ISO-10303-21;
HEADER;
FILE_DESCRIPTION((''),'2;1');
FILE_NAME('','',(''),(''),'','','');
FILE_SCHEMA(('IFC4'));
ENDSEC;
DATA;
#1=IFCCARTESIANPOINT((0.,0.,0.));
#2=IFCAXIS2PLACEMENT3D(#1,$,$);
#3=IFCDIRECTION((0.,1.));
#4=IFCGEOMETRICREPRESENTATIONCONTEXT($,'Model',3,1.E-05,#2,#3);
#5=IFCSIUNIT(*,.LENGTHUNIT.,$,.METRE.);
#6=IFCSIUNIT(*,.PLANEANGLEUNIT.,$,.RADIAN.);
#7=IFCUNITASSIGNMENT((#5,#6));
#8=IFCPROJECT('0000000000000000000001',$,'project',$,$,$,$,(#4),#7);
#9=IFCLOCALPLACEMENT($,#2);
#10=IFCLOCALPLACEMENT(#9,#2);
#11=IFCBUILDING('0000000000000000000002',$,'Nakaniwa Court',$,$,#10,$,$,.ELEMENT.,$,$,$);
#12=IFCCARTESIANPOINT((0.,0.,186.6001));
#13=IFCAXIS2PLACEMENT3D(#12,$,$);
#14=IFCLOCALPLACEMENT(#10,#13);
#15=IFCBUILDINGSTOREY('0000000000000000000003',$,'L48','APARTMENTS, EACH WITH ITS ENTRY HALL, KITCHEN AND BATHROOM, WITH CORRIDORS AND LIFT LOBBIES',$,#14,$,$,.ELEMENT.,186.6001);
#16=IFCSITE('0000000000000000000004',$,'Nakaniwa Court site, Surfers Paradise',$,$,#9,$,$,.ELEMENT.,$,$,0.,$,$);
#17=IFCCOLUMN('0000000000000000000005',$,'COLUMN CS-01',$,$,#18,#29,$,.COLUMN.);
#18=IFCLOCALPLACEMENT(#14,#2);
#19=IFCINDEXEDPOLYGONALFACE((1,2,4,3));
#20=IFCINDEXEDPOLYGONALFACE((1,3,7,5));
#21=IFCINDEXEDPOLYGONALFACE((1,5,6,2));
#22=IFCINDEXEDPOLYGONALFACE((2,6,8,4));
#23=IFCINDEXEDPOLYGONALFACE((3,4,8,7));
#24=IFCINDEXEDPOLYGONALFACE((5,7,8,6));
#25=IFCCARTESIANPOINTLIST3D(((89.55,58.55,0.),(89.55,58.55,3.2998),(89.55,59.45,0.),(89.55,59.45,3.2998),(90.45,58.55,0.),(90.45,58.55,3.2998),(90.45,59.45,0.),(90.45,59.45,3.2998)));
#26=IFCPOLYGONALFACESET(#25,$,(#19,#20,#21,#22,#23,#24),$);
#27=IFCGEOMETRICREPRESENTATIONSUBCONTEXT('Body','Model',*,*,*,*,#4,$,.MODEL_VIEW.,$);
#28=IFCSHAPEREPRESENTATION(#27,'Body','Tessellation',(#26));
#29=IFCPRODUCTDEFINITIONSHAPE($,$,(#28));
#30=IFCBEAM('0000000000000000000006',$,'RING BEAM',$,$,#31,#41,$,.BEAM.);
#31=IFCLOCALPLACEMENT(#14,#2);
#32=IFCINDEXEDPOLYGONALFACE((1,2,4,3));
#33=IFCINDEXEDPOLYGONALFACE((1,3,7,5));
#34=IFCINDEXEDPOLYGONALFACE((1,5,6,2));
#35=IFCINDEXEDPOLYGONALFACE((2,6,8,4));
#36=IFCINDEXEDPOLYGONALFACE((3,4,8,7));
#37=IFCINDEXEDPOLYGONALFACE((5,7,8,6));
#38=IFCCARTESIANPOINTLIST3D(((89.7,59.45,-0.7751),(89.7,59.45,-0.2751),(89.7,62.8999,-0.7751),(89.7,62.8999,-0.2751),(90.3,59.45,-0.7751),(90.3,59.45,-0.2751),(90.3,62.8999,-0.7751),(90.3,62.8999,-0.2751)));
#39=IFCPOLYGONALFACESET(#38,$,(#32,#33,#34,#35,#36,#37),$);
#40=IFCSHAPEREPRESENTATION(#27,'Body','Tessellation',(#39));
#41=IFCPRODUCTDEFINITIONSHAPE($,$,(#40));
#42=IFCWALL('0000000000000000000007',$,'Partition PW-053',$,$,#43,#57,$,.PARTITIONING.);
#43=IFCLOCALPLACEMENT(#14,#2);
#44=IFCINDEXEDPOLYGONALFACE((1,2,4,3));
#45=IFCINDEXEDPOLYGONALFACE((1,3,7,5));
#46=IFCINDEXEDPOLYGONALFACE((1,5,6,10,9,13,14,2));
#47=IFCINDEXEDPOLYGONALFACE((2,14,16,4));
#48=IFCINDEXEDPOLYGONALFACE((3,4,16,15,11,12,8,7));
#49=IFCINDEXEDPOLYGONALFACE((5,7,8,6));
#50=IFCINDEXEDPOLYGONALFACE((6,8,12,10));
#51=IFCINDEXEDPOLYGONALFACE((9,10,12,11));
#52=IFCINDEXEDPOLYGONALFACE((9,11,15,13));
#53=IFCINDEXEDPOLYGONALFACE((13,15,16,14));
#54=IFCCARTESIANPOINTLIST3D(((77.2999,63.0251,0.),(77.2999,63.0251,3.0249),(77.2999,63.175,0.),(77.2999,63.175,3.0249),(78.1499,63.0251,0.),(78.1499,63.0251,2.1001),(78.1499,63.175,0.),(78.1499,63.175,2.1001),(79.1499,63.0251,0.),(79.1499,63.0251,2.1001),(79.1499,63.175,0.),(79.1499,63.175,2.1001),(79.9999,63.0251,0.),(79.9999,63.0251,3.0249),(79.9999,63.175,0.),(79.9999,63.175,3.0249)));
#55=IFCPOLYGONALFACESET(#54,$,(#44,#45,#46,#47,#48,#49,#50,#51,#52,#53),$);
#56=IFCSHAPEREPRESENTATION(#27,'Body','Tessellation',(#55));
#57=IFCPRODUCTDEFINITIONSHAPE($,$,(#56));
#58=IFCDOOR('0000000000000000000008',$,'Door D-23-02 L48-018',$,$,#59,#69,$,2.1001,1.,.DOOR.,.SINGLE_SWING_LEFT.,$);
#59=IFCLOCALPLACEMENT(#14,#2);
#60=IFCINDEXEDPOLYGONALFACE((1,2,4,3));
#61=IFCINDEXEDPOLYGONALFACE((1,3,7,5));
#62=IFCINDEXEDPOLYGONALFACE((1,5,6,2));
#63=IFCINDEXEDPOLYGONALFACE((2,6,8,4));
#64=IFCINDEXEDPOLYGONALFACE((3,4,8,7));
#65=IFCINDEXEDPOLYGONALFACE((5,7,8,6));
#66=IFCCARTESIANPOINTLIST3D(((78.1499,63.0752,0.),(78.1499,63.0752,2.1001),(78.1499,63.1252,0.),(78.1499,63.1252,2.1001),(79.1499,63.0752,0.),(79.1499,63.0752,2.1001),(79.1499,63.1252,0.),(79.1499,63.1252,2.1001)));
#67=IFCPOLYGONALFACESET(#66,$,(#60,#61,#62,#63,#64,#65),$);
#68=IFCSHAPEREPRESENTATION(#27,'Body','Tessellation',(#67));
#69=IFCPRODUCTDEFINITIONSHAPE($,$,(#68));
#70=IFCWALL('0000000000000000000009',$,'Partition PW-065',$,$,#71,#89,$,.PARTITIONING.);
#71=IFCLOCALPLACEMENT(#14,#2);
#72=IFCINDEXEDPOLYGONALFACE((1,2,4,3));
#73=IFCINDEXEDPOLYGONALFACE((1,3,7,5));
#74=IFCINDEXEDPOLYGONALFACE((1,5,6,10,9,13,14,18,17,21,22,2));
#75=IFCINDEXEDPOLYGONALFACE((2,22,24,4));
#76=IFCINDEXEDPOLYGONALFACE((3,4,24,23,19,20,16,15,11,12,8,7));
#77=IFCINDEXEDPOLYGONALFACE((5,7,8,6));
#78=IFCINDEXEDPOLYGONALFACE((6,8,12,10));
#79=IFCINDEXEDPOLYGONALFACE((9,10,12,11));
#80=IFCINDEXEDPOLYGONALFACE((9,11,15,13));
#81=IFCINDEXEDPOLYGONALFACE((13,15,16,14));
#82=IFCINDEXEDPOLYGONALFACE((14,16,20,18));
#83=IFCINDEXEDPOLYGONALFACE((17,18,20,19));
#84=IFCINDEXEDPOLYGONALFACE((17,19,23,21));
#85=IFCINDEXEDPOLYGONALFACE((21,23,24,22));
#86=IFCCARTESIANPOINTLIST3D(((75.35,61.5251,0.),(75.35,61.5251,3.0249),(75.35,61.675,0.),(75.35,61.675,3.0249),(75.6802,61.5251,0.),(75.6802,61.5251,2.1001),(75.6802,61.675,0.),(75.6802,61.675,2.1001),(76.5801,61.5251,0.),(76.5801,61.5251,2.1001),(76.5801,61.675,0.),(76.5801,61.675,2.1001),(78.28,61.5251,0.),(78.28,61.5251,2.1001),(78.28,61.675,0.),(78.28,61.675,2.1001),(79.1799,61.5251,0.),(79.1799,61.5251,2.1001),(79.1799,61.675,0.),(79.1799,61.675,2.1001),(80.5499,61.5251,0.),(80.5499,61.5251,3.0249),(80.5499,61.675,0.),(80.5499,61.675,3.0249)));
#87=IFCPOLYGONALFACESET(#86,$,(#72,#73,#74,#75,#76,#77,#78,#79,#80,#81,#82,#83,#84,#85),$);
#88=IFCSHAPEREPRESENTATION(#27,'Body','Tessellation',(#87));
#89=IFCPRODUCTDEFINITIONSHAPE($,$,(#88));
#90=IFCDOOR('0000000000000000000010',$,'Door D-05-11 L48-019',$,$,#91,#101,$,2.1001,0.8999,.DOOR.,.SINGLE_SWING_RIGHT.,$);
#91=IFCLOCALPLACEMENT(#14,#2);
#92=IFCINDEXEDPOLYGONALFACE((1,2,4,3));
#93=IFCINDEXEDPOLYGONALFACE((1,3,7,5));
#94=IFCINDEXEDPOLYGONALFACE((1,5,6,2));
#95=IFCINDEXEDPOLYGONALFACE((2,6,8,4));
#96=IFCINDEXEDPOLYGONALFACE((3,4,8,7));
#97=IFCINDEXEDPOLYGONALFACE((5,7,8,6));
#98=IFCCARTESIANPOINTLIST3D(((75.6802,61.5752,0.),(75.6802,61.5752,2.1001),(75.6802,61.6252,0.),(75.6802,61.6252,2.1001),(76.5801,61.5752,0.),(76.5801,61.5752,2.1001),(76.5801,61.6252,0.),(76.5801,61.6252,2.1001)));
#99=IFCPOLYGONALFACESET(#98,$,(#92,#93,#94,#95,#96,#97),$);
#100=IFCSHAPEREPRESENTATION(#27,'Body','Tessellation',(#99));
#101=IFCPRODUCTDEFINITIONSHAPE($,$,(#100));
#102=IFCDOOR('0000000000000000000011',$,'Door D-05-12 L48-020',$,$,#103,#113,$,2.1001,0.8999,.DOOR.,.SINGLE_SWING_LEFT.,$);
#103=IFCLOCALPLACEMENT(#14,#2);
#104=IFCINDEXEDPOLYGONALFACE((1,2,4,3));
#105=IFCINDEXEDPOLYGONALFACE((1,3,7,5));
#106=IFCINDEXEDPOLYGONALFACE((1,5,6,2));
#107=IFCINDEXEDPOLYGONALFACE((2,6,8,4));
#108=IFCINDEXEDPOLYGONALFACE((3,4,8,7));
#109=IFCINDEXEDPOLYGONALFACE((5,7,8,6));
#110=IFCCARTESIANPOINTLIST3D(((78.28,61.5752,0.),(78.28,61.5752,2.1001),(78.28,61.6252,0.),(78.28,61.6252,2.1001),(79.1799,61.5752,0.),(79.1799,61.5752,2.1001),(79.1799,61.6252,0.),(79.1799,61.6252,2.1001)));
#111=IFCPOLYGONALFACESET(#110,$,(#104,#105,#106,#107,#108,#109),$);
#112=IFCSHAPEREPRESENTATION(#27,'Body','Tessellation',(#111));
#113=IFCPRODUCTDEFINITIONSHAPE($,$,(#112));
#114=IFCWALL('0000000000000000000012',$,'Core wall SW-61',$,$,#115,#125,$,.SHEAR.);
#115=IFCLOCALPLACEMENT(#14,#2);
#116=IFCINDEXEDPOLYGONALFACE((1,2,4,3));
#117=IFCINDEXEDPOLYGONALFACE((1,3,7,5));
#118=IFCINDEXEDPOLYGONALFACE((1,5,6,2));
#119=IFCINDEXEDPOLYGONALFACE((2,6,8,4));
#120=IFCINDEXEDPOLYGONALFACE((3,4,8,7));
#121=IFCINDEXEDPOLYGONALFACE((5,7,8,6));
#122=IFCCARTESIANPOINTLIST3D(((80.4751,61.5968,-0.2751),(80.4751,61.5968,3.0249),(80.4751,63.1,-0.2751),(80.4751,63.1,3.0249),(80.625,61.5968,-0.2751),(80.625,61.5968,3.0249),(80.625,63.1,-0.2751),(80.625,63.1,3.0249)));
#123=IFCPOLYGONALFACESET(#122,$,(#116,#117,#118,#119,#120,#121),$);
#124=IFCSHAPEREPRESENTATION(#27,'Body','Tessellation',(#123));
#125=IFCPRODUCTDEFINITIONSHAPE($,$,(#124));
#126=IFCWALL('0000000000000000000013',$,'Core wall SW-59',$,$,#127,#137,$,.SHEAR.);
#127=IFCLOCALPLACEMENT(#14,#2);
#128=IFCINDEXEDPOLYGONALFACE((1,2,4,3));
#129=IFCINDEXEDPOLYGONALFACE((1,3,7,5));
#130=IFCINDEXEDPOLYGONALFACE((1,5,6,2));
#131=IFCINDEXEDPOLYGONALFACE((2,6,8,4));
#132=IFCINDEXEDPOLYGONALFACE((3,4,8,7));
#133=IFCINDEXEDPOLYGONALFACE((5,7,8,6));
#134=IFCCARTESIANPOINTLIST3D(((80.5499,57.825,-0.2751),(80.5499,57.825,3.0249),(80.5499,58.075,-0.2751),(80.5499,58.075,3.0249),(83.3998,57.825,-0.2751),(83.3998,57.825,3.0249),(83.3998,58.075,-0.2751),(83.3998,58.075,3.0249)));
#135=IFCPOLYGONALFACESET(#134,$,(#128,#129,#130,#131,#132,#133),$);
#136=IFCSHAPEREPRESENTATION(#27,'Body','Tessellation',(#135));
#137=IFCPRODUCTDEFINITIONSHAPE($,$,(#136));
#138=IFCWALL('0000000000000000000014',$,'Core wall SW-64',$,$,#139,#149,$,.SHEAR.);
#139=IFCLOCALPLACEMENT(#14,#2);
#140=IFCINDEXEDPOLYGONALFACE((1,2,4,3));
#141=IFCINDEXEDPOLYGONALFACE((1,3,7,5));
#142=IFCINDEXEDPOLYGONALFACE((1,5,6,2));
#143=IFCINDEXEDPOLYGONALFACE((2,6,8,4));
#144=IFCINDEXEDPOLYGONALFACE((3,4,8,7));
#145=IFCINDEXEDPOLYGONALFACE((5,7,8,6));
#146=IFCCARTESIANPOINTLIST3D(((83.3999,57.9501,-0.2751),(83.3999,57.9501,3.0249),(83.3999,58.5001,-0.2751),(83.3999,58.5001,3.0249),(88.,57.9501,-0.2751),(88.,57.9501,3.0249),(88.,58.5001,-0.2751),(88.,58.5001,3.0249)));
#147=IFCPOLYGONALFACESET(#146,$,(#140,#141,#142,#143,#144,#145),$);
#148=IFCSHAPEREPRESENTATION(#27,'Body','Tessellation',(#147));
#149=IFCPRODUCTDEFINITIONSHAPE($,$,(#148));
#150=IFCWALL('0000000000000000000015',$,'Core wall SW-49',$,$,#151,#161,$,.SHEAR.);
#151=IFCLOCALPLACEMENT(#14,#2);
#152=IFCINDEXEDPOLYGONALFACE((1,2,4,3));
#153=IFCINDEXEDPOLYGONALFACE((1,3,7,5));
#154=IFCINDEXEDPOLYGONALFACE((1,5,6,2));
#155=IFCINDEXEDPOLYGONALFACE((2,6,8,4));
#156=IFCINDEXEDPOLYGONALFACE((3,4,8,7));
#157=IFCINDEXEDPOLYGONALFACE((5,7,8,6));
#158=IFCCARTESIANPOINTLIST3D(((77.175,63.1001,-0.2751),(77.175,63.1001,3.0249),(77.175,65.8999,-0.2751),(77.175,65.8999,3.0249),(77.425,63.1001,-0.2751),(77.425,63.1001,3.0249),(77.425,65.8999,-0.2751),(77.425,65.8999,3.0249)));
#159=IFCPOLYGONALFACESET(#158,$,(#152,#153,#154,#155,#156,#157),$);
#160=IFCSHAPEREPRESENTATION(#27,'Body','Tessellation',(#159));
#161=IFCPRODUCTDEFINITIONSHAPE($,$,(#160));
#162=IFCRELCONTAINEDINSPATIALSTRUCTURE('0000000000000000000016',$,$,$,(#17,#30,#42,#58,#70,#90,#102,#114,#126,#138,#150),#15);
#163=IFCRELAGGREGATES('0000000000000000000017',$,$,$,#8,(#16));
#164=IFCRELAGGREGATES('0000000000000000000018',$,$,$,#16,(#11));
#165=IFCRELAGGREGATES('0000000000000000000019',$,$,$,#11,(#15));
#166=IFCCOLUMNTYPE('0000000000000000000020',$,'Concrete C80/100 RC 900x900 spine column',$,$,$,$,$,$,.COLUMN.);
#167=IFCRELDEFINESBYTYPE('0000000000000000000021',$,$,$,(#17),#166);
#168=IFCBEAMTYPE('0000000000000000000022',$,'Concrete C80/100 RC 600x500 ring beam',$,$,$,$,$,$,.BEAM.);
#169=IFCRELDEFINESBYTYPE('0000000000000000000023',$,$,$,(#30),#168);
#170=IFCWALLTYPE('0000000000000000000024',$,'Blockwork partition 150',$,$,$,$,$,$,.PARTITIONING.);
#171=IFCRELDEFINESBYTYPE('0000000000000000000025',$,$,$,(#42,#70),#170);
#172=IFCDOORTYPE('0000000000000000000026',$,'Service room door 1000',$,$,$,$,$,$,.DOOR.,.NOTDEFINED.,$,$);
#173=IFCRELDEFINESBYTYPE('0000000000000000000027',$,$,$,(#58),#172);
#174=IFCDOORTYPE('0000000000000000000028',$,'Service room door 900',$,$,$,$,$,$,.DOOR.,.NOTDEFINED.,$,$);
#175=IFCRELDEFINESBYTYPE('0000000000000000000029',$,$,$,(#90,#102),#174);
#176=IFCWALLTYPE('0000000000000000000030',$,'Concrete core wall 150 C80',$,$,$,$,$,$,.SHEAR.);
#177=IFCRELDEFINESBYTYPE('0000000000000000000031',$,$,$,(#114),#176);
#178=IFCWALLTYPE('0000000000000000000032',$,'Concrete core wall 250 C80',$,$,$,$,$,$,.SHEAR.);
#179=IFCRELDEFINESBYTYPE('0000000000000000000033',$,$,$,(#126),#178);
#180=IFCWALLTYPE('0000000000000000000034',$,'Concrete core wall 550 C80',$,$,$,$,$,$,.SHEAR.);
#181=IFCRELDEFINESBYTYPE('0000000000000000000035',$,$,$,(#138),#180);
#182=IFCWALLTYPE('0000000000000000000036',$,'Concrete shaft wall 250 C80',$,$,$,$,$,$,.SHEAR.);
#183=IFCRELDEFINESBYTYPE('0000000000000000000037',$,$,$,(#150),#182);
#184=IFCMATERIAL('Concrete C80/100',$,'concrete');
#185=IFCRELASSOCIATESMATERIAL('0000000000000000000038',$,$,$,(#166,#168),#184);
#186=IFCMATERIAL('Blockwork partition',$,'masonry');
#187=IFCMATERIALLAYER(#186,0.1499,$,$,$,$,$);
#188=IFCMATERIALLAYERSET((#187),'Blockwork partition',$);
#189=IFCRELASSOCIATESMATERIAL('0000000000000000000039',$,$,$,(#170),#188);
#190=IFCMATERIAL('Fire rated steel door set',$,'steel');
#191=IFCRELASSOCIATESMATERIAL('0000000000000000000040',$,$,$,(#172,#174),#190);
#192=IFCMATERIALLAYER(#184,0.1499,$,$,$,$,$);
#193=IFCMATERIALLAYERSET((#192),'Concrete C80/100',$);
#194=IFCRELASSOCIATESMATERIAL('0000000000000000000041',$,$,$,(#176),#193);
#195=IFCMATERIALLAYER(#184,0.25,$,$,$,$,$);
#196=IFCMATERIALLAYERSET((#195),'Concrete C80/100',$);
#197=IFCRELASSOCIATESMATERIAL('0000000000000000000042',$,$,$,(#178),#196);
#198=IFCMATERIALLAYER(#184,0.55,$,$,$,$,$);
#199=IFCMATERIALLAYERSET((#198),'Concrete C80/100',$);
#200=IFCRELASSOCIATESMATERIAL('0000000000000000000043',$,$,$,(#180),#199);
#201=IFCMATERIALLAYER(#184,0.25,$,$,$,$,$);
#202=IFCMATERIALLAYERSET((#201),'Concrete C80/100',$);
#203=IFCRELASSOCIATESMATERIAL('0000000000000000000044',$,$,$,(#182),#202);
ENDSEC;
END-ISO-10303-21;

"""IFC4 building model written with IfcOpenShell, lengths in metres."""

from ifc_helpers import new_model, si_unit, direction, frame, frame_2d, origin, origin_2d, place, context, subcontext, project, spatial, rectangle, extrude, material, layer, layer_set, material_profile, profile_set, type_object, element, fill, save


model = new_model("IFC4")

# Units and contexts
model_context = context("Model", 3, precision=1e-05, world=origin(), true_north=direction((0.0, 1.0)))
body_context = subcontext(model_context, "Body", "Model", "MODEL_VIEW")
ifc_project = project(units=[si_unit("LENGTHUNIT", "METRE"), si_unit("PLANEANGLEUNIT", "RADIAN")], contexts=[model_context])

# Site, building, storey
site_placement = place(None, origin())
site = spatial("IfcSite", under=ifc_project, at=site_placement, Name="Nakaniwa Court site, Surfers Paradise", CompositionType="ELEMENT", RefElevation=0.0)
building_placement = place(site_placement, origin())
building = spatial("IfcBuilding", under=site, at=building_placement, Name="Nakaniwa Court", CompositionType="ELEMENT")
storey_placement = place(building_placement, frame((0.0, 0.0, 186.6001)))
storey = spatial("IfcBuildingStorey", under=building, at=storey_placement, Name="L48", Description="APARTMENTS, EACH WITH ITS ENTRY HALL, KITCHEN AND BATHROOM, WITH CORRIDORS AND LIFT LOBBIES", CompositionType="ELEMENT", Elevation=186.6001)

# Column
ifc_material_1 = material(Name="Concrete C80/100", Category="concrete")
ifc_material_profile_1 = material_profile(ifc_material_1, rectangle(XDim=0.8999, YDim=0.8999, at=origin_2d()), Name="Concrete C80/100 RC 900x900 spine column")
ifc_profile_set_1 = profile_set([ifc_material_profile_1], Name="Concrete C80/100")
column_type = type_object("IfcColumnType", Name="Concrete C80/100 RC 900x900 spine column", PredefinedType="COLUMN", material=ifc_profile_set_1)
column_placement = place(storey_placement, frame((90.0, 59.0, 0.0), z_axis=(0.0, 0.0, 1.0), x_axis=(0.0, 1.0, 0.0)))
element("IfcColumn", 1, at=column_placement, inside=storey, type_object=column_type, Name="COLUMN CS-01", PredefinedType="COLUMN", context=body_context, shape_type="SweptSolid", body=[
    extrude(rectangle(XDim=0.8999, YDim=0.8999, at=origin_2d()), origin(), (0.0, 0.0, 1.0), 3.2998),
])

# Beam
ifc_material_profile_2 = material_profile(ifc_material_1, rectangle(XDim=0.6001, YDim=0.5, at=origin_2d()), Name="Concrete C80/100 RC 600x500 ring beam")
ifc_profile_set_2 = profile_set([ifc_material_profile_2], Name="Concrete C80/100")
beam_type = type_object("IfcBeamType", Name="Concrete C80/100 RC 600x500 ring beam", PredefinedType="BEAM", material=ifc_profile_set_2)
beam_placement = place(storey_placement, frame((90.0, 59.45, -0.5251), z_axis=(0.0, 1.0, 0.0), x_axis=(-1.0, 0.0, 0.0)))
element("IfcBeam", 2, at=beam_placement, inside=storey, type_object=beam_type, Name="RING BEAM", PredefinedType="BEAM", context=body_context, shape_type="SweptSolid", body=[
    extrude(rectangle(XDim=0.6001, YDim=0.5, at=origin_2d()), origin(), (0.0, 0.0, 1.0), 3.45),
])

# Wall, opening, door
ifc_material_2 = material(Name="Blockwork partition", Category="masonry")
ifc_layer_1 = layer(ifc_material_2, 0.1499)
ifc_layer_set_1 = layer_set([ifc_layer_1], Name="Blockwork partition")
wall_type_1 = type_object("IfcWallType", Name="Blockwork partition 150", PredefinedType="PARTITIONING", material=ifc_layer_set_1)
wall_1_placement = place(storey_placement, frame((80.0, 63.1001, 0.0), z_axis=(0.0, 0.0, 1.0), x_axis=(-1.0, 0.0, 0.0)))
wall_1 = element("IfcWall", 3, at=wall_1_placement, inside=storey, type_object=wall_type_1, Name="Partition PW-053", PredefinedType="PARTITIONING", context=body_context, shape_type="SweptSolid", body=[
    extrude(rectangle(XDim=2.7, YDim=0.1499, at=frame_2d((1.3501, 0.0))), origin(), (0.0, 0.0, 1.0), 3.0249),
])
opening_1_placement = place(wall_1_placement, frame((0.8501, 0.0, 0.0)))
opening_1 = element("IfcOpeningElement", 4, at=opening_1_placement, cuts=wall_1, PredefinedType="OPENING", context=body_context, shape_type="SweptSolid", body=[
    extrude(rectangle(XDim=1.0, YDim=2.1001, at=frame_2d((0.5, 1.05))), frame((0.0, 0.085, 0.0), z_axis=(0.0, -1.0, 0.0), x_axis=(1.0, 0.0, 0.0)), (0.0, 0.0, 1.0), 0.1699),
])
ifc_material_3 = material(Name="Fire rated steel door set", Category="steel")
door_type_1 = type_object("IfcDoorType", Name="Service room door 1000", OperationType="NOTDEFINED", PredefinedType="DOOR", material=ifc_material_3)
door_1_placement = place(opening_1_placement, origin())
door_1 = element("IfcDoor", 5, at=door_1_placement, inside=storey, type_object=door_type_1, Name="Door D-23-02 L48-018", OperationType="SINGLE_SWING_LEFT", OverallHeight=2.1001, OverallWidth=1.0, PredefinedType="DOOR", context=body_context, shape_type="SweptSolid", body=[
    extrude(rectangle(XDim=1.0, YDim=2.1001, at=frame_2d((0.5, 1.05))), frame((0.0, 0.0249, 0.0), z_axis=(0.0, -1.0, 0.0), x_axis=(1.0, 0.0, 0.0)), (0.0, 0.0, 1.0), 0.05),
])
fill(opening_1, door_1)

# Wall, openings, doors
wall_2_placement = place(storey_placement, frame((80.55, 61.6001, 0.0), z_axis=(0.0, 0.0, 1.0), x_axis=(-1.0, 0.0, 0.0)))
wall_2 = element("IfcWall", 6, at=wall_2_placement, inside=storey, type_object=wall_type_1, Name="Partition PW-065", PredefinedType="PARTITIONING", context=body_context, shape_type="SweptSolid", body=[
    extrude(rectangle(XDim=5.2, YDim=0.1499, at=frame_2d((2.6001, 0.0))), origin(), (0.0, 0.0, 1.0), 3.0249),
])
opening_2_placement = place(wall_2_placement, frame((3.97, 0.0, 0.0)))
opening_2 = element("IfcOpeningElement", 7, at=opening_2_placement, cuts=wall_2, PredefinedType="OPENING", context=body_context, shape_type="SweptSolid", body=[
    extrude(rectangle(XDim=0.8999, YDim=2.1001, at=frame_2d((0.45, 1.05))), frame((0.0, 0.085, 0.0), z_axis=(0.0, -1.0, 0.0), x_axis=(1.0, 0.0, 0.0)), (0.0, 0.0, 1.0), 0.1699),
])
opening_3_placement = place(wall_2_placement, frame((1.3701, 0.0, 0.0)))
opening_3 = element("IfcOpeningElement", 8, at=opening_3_placement, cuts=wall_2, PredefinedType="OPENING", context=body_context, shape_type="SweptSolid", body=[
    extrude(rectangle(XDim=0.8999, YDim=2.1001, at=frame_2d((0.45, 1.05))), frame((0.0, 0.085, 0.0), z_axis=(0.0, -1.0, 0.0), x_axis=(1.0, 0.0, 0.0)), (0.0, 0.0, 1.0), 0.1699),
])
door_type_2 = type_object("IfcDoorType", Name="Service room door 900", OperationType="NOTDEFINED", PredefinedType="DOOR", material=ifc_material_3)
door_2_placement = place(opening_2_placement, origin())
door_2 = element("IfcDoor", 9, at=door_2_placement, inside=storey, type_object=door_type_2, Name="Door D-05-11 L48-019", OperationType="SINGLE_SWING_RIGHT", OverallHeight=2.1001, OverallWidth=0.8999, PredefinedType="DOOR", context=body_context, shape_type="SweptSolid", body=[
    extrude(rectangle(XDim=0.8999, YDim=2.1001, at=frame_2d((0.45, 1.05))), frame((0.0, 0.0249, 0.0), z_axis=(0.0, -1.0, 0.0), x_axis=(1.0, 0.0, 0.0)), (0.0, 0.0, 1.0), 0.05),
])
fill(opening_2, door_2)
door_3_placement = place(opening_3_placement, origin())
door_3 = element("IfcDoor", 10, at=door_3_placement, inside=storey, type_object=door_type_2, Name="Door D-05-12 L48-020", OperationType="SINGLE_SWING_LEFT", OverallHeight=2.1001, OverallWidth=0.8999, PredefinedType="DOOR", context=body_context, shape_type="SweptSolid", body=[
    extrude(rectangle(XDim=0.8999, YDim=2.1001, at=frame_2d((0.45, 1.05))), frame((0.0, 0.0249, 0.0), z_axis=(0.0, -1.0, 0.0), x_axis=(1.0, 0.0, 0.0)), (0.0, 0.0, 1.0), 0.05),
])
fill(opening_3, door_3)

# Walls
ifc_layer_2 = layer(ifc_material_1, 0.1499)
ifc_layer_set_2 = layer_set([ifc_layer_2], Name="Concrete C80/100")
wall_type_2 = type_object("IfcWallType", Name="Concrete core wall 150 C80", PredefinedType="SHEAR", material=ifc_layer_set_2)
wall_3_placement = place(storey_placement, frame((80.55, 61.5969, -0.2751), z_axis=(0.0, 0.0, 1.0), x_axis=(0.0, 1.0, 0.0)))
element("IfcWall", 11, at=wall_3_placement, inside=storey, type_object=wall_type_2, Name="Core wall SW-61", PredefinedType="SHEAR", context=body_context, shape_type="SweptSolid", body=[
    extrude(rectangle(XDim=1.5032, YDim=0.1499, at=frame_2d((0.7515, 0.0))), origin(), (0.0, 0.0, 1.0), 3.3),
])
ifc_layer_3 = layer(ifc_material_1, 0.25)
ifc_layer_set_3 = layer_set([ifc_layer_3], Name="Concrete C80/100")
wall_type_3 = type_object("IfcWallType", Name="Concrete core wall 250 C80", PredefinedType="SHEAR", material=ifc_layer_set_3)
wall_4_placement = place(storey_placement, frame((80.55, 57.95, -0.2751), z_axis=(0.0, 0.0, 1.0), x_axis=(1.0, 0.0, 0.0)))
element("IfcWall", 12, at=wall_4_placement, inside=storey, type_object=wall_type_3, Name="Core wall SW-59", PredefinedType="SHEAR", context=body_context, shape_type="SweptSolid", body=[
    extrude(rectangle(XDim=2.8499, YDim=0.25, at=frame_2d((1.4248, 0.0))), origin(), (0.0, 0.0, 1.0), 3.3),
])
ifc_layer_4 = layer(ifc_material_1, 0.55)
ifc_layer_set_4 = layer_set([ifc_layer_4], Name="Concrete C80/100")
wall_type_4 = type_object("IfcWallType", Name="Concrete core wall 550 C80", PredefinedType="SHEAR", material=ifc_layer_set_4)
wall_5_placement = place(storey_placement, frame((83.3999, 58.2251, -0.2751), z_axis=(0.0, 0.0, 1.0), x_axis=(1.0, 0.0, 0.0)))
element("IfcWall", 13, at=wall_5_placement, inside=storey, type_object=wall_type_4, Name="Core wall SW-64", PredefinedType="SHEAR", context=body_context, shape_type="SweptSolid", body=[
    extrude(rectangle(XDim=4.6001, YDim=0.55, at=frame_2d((2.3, 0.0))), origin(), (0.0, 0.0, 1.0), 3.3),
])
ifc_layer_5 = layer(ifc_material_1, 0.25)
ifc_layer_set_5 = layer_set([ifc_layer_5], Name="Concrete C80/100")
wall_type_5 = type_object("IfcWallType", Name="Concrete shaft wall 250 C80", PredefinedType="SHEAR", material=ifc_layer_set_5)
wall_6_placement = place(storey_placement, frame((77.3, 63.1001, -0.2751), z_axis=(0.0, 0.0, 1.0), x_axis=(0.0, 1.0, 0.0)))
element("IfcWall", 14, at=wall_6_placement, inside=storey, type_object=wall_type_5, Name="Core wall SW-49", PredefinedType="SHEAR", context=body_context, shape_type="SweptSolid", body=[
    extrude(rectangle(XDim=2.7998, YDim=0.25, at=frame_2d((1.3999, 0.0))), origin(), (0.0, 0.0, 1.0), 3.3),
])

save(model, "model.ifc")
